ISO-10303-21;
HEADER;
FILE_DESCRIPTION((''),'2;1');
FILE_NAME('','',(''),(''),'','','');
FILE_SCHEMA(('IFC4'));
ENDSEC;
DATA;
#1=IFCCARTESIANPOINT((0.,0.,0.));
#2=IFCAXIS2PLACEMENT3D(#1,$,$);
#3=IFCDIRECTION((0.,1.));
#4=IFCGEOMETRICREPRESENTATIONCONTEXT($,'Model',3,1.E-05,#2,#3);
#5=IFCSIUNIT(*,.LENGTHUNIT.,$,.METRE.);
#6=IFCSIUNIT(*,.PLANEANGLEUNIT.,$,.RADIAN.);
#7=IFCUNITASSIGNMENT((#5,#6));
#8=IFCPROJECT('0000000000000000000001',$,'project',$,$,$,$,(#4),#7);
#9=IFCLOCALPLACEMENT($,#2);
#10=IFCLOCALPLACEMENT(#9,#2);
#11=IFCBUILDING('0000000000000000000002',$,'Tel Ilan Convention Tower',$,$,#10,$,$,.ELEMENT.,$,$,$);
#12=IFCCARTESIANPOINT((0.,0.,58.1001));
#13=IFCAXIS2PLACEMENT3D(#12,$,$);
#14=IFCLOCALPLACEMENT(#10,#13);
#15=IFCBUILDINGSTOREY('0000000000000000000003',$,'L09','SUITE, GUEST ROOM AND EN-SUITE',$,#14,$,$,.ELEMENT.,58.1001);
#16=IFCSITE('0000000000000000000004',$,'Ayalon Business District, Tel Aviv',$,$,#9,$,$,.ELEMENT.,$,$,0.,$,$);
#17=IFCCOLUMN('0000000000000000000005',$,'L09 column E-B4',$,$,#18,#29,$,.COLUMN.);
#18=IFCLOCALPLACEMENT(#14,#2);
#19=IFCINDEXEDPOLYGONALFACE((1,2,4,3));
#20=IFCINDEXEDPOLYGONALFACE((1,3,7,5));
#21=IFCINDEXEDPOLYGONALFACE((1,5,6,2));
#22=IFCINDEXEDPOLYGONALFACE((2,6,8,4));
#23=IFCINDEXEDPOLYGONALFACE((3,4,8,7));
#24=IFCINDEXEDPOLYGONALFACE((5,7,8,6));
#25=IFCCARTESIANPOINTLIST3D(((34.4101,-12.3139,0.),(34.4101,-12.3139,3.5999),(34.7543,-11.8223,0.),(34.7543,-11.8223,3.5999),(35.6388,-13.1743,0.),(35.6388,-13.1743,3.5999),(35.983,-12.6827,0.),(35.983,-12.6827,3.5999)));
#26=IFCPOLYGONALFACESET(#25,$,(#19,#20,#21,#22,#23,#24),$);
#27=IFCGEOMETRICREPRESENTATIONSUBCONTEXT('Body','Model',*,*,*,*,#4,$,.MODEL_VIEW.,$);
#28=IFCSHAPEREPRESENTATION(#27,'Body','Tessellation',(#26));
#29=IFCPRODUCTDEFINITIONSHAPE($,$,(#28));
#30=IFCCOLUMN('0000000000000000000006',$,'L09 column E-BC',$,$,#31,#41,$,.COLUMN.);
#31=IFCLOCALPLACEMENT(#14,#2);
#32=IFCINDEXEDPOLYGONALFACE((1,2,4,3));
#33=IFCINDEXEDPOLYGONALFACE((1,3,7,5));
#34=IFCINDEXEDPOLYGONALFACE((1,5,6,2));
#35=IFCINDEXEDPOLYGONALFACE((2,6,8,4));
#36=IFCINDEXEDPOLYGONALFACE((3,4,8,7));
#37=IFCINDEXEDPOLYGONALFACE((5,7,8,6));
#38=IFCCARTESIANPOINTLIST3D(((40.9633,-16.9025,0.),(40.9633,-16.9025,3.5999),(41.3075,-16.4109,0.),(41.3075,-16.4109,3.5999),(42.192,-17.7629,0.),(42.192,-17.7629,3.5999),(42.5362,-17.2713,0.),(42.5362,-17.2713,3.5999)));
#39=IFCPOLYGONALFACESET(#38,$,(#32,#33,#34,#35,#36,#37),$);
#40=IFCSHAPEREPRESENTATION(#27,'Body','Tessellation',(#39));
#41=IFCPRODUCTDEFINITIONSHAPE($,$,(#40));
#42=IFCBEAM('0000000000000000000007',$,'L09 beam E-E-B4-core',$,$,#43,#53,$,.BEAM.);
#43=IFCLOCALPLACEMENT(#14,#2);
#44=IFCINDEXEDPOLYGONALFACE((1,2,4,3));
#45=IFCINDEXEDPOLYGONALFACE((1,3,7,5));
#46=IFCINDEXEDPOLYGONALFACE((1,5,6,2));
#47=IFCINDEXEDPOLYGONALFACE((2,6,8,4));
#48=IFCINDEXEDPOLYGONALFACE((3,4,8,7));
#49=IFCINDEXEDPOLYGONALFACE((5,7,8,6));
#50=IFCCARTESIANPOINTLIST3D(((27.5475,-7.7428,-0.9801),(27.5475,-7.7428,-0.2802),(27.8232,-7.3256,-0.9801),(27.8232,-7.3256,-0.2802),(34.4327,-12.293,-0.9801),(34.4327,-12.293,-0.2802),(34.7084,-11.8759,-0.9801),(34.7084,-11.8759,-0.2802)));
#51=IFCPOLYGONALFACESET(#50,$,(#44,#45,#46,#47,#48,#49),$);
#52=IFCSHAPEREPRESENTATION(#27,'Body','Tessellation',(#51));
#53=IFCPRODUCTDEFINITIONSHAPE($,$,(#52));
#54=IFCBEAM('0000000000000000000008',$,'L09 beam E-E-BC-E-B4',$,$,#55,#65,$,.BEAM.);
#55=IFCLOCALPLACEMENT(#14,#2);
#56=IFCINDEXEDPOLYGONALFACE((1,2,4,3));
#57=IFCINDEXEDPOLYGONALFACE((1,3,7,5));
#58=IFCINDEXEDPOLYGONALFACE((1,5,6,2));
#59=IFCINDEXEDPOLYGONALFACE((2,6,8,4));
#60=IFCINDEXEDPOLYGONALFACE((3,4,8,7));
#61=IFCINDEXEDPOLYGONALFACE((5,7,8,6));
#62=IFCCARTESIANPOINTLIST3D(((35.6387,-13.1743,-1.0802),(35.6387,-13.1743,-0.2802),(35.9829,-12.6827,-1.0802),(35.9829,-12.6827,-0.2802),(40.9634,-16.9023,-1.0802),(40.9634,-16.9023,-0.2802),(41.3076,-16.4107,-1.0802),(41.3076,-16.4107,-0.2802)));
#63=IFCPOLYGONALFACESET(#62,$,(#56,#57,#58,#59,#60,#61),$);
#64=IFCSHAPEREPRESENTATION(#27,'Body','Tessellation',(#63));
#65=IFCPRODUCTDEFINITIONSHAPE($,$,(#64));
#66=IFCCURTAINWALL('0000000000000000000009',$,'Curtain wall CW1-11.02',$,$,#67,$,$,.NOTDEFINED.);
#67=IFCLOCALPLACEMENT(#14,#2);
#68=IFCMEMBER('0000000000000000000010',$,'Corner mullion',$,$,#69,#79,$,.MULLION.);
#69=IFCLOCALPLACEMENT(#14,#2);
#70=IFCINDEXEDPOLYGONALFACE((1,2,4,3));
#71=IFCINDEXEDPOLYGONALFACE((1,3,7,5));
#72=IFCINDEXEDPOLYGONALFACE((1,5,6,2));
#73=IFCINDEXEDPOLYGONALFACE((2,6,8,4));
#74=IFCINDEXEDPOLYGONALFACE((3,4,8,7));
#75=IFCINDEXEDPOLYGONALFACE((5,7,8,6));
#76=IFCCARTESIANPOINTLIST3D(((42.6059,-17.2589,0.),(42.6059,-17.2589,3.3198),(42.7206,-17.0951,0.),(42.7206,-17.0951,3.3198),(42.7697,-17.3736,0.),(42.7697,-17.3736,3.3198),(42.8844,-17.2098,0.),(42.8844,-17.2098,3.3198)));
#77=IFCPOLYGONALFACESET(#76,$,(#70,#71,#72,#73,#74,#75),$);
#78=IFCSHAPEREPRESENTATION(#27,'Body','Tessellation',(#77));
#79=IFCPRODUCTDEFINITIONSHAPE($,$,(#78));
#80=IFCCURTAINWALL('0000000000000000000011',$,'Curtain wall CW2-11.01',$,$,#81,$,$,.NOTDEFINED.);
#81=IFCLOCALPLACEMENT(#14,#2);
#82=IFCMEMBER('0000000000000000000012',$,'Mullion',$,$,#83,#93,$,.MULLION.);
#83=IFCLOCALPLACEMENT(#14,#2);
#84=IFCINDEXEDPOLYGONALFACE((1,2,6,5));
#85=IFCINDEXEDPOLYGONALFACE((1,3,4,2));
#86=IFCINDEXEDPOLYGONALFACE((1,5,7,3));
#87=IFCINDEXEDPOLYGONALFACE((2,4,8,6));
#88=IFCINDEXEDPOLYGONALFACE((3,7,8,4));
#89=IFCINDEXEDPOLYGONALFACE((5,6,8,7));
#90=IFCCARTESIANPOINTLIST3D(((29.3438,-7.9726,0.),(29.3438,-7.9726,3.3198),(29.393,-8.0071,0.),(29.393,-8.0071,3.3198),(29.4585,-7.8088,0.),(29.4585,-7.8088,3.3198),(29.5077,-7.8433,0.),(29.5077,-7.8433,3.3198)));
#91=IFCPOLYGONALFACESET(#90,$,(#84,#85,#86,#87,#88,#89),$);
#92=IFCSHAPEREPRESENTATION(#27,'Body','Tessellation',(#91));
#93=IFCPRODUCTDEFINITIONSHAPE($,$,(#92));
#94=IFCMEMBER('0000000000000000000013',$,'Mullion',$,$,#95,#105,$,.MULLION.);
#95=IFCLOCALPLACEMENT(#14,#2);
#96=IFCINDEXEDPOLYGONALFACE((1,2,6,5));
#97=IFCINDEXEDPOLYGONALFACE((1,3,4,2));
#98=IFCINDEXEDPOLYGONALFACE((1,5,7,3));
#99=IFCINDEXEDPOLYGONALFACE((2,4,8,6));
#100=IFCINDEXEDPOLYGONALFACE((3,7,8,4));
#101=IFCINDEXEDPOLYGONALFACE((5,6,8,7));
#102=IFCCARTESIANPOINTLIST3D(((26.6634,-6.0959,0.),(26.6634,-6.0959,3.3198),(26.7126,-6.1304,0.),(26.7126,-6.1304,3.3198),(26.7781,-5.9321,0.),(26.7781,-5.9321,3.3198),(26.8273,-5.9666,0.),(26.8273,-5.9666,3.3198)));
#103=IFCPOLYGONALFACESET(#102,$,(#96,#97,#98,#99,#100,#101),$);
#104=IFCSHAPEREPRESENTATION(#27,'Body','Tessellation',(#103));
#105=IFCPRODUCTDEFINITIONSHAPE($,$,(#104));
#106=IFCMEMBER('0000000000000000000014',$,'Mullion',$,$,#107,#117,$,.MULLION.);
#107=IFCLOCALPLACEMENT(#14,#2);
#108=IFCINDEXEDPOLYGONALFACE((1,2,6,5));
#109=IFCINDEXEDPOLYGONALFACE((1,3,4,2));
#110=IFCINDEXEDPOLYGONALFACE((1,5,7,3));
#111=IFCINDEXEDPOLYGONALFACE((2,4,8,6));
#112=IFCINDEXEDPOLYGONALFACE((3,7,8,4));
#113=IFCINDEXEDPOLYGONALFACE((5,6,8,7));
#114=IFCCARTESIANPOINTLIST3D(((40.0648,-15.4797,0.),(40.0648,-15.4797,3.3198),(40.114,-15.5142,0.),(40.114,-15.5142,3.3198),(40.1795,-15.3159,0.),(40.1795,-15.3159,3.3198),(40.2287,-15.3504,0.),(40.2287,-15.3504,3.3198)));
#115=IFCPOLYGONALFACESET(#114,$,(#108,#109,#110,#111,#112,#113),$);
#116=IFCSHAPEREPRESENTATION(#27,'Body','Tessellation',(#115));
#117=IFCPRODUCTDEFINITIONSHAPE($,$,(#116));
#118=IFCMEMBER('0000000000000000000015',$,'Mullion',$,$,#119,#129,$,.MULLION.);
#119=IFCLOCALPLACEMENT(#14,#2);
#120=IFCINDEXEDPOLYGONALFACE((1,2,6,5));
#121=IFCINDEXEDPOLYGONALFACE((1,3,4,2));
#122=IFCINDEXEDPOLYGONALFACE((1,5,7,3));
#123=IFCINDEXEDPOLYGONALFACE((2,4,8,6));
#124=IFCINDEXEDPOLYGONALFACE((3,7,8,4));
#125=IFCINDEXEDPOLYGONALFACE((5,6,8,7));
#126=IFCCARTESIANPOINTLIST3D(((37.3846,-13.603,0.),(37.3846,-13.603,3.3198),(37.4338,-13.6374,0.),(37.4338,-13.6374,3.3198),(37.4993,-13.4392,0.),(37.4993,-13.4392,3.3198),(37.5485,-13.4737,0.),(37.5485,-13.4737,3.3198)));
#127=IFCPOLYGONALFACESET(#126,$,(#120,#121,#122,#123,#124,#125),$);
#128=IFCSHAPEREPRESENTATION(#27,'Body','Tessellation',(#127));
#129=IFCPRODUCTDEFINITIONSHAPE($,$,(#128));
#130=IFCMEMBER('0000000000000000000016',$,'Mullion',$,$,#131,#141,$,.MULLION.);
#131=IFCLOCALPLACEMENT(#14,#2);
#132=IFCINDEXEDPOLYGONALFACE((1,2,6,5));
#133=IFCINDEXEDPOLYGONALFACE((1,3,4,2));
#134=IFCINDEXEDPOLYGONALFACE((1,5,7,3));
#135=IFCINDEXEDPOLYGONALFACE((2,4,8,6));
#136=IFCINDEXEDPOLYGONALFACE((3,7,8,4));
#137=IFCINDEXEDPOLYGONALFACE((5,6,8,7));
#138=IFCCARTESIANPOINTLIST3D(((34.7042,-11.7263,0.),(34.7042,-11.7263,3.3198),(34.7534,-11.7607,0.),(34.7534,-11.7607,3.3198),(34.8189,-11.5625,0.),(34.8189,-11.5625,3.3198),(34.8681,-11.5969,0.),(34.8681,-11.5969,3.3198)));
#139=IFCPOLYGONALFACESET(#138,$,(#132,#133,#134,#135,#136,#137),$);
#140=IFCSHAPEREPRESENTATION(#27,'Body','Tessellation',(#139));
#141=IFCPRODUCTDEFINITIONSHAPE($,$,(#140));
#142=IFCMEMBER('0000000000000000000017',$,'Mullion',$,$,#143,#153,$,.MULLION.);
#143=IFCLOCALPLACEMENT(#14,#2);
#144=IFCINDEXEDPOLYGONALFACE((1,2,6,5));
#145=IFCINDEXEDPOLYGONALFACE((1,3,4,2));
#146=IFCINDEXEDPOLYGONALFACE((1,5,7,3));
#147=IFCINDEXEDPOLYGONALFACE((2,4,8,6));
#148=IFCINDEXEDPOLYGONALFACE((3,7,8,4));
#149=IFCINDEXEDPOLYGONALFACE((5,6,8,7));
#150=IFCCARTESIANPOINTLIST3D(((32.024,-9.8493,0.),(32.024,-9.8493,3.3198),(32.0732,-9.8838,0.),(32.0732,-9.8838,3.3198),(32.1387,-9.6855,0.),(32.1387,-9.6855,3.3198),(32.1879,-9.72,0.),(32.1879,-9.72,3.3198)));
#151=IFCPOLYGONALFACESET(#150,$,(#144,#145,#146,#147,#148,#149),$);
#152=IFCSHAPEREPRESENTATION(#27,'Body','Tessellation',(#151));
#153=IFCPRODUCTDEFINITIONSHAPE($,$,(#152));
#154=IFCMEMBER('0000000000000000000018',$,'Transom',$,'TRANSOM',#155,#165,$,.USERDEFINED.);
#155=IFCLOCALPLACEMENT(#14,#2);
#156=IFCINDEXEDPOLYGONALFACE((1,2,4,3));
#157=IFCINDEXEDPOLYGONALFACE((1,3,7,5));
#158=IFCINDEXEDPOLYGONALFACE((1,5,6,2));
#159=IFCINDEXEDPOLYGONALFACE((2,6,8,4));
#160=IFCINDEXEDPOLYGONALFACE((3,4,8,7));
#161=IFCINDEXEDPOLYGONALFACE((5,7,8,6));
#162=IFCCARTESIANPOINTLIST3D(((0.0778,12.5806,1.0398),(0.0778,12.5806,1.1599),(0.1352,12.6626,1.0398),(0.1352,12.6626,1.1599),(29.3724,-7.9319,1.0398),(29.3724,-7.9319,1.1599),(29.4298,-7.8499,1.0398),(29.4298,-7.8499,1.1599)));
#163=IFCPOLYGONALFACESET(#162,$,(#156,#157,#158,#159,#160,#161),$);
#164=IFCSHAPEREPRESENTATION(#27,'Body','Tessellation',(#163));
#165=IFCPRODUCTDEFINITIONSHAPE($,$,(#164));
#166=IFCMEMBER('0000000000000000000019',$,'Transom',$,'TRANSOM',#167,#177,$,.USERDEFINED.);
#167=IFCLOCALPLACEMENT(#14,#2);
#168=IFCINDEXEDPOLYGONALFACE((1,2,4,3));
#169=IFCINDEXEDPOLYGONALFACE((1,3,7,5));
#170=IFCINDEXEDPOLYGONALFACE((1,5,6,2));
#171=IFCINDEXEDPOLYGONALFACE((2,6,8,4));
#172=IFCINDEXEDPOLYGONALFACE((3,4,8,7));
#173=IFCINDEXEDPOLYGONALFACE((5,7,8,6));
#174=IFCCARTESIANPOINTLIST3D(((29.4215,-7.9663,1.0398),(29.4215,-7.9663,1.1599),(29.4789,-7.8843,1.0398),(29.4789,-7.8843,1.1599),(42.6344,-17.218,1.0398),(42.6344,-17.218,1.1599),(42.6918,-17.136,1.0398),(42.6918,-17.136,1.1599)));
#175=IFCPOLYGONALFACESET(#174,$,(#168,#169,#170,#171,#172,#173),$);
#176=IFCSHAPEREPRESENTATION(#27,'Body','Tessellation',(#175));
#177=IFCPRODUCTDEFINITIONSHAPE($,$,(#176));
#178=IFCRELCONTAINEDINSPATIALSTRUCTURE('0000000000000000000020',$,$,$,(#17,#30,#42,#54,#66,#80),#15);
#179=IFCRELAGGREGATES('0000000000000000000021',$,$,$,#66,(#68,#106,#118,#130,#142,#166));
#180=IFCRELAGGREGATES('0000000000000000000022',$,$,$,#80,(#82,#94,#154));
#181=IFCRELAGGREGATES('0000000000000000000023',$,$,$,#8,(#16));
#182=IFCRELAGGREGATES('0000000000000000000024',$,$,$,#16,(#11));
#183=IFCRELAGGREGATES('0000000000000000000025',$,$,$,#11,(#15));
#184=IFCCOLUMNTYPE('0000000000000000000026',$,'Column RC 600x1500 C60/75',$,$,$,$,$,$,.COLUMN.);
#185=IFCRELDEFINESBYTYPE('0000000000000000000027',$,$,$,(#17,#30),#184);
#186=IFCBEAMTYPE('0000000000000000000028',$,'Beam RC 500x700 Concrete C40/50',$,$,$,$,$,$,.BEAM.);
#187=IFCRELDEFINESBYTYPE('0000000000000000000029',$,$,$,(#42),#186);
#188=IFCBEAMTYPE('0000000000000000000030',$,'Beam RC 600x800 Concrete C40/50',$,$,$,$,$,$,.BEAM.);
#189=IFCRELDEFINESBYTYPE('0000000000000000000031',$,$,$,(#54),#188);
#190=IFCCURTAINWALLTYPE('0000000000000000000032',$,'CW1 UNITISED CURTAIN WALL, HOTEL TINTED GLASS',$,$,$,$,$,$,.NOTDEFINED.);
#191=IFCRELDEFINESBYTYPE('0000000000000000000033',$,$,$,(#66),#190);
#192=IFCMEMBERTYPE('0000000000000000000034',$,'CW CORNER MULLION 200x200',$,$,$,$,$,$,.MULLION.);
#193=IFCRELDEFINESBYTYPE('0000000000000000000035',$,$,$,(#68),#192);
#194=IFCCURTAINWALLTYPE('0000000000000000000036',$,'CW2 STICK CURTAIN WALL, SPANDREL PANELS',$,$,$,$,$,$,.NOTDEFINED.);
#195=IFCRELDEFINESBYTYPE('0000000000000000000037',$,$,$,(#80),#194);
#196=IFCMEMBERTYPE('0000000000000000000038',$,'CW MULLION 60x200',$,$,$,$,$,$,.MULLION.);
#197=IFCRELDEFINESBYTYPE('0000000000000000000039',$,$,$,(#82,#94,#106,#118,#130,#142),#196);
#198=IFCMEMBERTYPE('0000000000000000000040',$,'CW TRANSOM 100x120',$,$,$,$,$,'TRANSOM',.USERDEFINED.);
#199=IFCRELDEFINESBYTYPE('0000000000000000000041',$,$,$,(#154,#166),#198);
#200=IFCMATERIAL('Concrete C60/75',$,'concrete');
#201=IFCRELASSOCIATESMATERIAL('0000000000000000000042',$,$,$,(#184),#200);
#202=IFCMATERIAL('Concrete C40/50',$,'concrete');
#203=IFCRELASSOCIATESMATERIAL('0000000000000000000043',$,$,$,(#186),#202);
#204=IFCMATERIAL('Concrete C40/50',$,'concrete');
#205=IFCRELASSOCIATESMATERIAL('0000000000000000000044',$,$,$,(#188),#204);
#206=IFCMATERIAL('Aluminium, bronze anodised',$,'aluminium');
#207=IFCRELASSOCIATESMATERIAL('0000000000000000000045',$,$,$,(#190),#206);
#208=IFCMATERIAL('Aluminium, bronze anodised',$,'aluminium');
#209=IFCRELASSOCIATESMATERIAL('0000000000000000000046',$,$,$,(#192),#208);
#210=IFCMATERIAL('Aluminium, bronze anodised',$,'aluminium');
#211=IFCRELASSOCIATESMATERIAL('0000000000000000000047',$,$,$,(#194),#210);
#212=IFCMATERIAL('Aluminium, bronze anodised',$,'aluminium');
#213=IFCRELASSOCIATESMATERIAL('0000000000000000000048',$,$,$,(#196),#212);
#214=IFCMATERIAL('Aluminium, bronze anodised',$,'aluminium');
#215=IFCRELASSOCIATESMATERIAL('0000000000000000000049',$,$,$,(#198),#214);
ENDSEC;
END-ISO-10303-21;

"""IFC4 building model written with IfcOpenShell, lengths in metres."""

from ifc_helpers import new_model, si_unit, direction, frame, origin, origin_2d, place, context, subcontext, project, spatial, rectangle, extrude, material, material_profile, profile_set, type_object, element, aggregate, save


model = new_model("IFC4")

# Units and contexts
model_context = context("Model", 3, precision=1e-05, world=origin(), true_north=direction((0.0, 1.0)))
body_context = subcontext(model_context, "Body", "Model", "MODEL_VIEW")
ifc_project = project(units=[si_unit("LENGTHUNIT", "METRE"), si_unit("PLANEANGLEUNIT", "RADIAN")], contexts=[model_context])

# Site, building, storey
site_placement = place(None, origin())
site = spatial("IfcSite", under=ifc_project, at=site_placement, Name="Ayalon Business District, Tel Aviv", CompositionType="ELEMENT", RefElevation=0.0)
building_placement = place(site_placement, origin())
building = spatial("IfcBuilding", under=site, at=building_placement, Name="Tel Ilan Convention Tower", CompositionType="ELEMENT")
storey_placement = place(building_placement, frame((0.0, 0.0, 58.1001)))
storey = spatial("IfcBuildingStorey", under=building, at=storey_placement, Name="L09", Description="SUITE, GUEST ROOM AND EN-SUITE", CompositionType="ELEMENT", Elevation=58.1001)

# Columns
ifc_material_1 = material(Name="Concrete C60/75", Category="concrete")
ifc_material_profile_1 = material_profile(ifc_material_1, rectangle(XDim=1.5, YDim=0.6001, at=origin_2d()), Name="RC 600x1500")
ifc_profile_set_1 = profile_set([ifc_material_profile_1], Name="Concrete C60/75")
column_type = type_object("IfcColumnType", Name="Column RC 600x1500 C60/75", PredefinedType="COLUMN", material=ifc_profile_set_1)
for number, where, z_axis, x_axis, name in (
    (1, (35.1965, -12.4983, 0.0), (0.0, 0.0, 1.0), (0.819152, -0.573576, 0.0), "L09 column E-B4"),
    (2, (41.7498, -17.0869, 0.0), (0.0, 0.0, 1.0), (0.819152, -0.573576, 0.0), "L09 column E-BC"),
):
    element("IfcColumn", number, at=place(storey_placement, frame(where, z_axis=z_axis, x_axis=x_axis)), inside=storey, type_object=column_type, Name=name, PredefinedType="COLUMN", context=body_context, shape_type="SweptSolid", body=[
        extrude(rectangle(XDim=1.5, YDim=0.6001, at=origin_2d()), origin(), (0.0, 0.0, 1.0), 3.5999),
    ])

# Beams
ifc_material_2 = material(Name="Concrete C40/50", Category="concrete")
ifc_material_profile_2 = material_profile(ifc_material_2, rectangle(XDim=0.5, YDim=0.7, at=origin_2d()), Name="RC 500x700")
ifc_profile_set_2 = profile_set([ifc_material_profile_2], Name="Concrete C40/50")
beam_type_1 = type_object("IfcBeamType", Name="Beam RC 500x700 Concrete C40/50", PredefinedType="BEAM", material=ifc_profile_set_2)
beam_1_placement = place(storey_placement, frame((34.5706, -12.0845, -0.6301), z_axis=(-0.834274, 0.551351, 0.0), x_axis=(-0.551351, -0.834274, 0.0)))
element("IfcBeam", 3, at=beam_1_placement, inside=storey, type_object=beam_type_1, Name="L09 beam E-E-B4-core", PredefinedType="BEAM", context=body_context, shape_type="SweptSolid", body=[
    extrude(rectangle(XDim=0.5, YDim=0.7, at=origin_2d()), origin(), (0.0, 0.0, 1.0), 8.2529),
])
ifc_material_3 = material(Name="Concrete C40/50", Category="concrete")
ifc_material_profile_3 = material_profile(ifc_material_3, rectangle(XDim=0.6001, YDim=0.8, at=origin_2d()), Name="RC 600x800")
ifc_profile_set_3 = profile_set([ifc_material_profile_3], Name="Concrete C40/50")
beam_type_2 = type_object("IfcBeamType", Name="Beam RC 600x800 Concrete C40/50", PredefinedType="BEAM", material=ifc_profile_set_3)
beam_2_placement = place(storey_placement, frame((41.1355, -16.6565, -0.6802), z_axis=(-0.819179, 0.573538, 0.0), x_axis=(-0.573538, -0.819179, 0.0)))
element("IfcBeam", 4, at=beam_2_placement, inside=storey, type_object=beam_type_2, Name="L09 beam E-E-BC-E-B4", PredefinedType="BEAM", context=body_context, shape_type="SweptSolid", body=[
    extrude(rectangle(XDim=0.6001, YDim=0.8, at=origin_2d()), origin(), (0.0, 0.0, 1.0), 6.5),
])

# Curtain wall, member
ifc_material_4 = material(Name="Aluminium, bronze anodised", Category="aluminium")
curtain_wall_type_1 = type_object("IfcCurtainWallType", Name="CW1 UNITISED CURTAIN WALL, HOTEL TINTED GLASS", PredefinedType="NOTDEFINED", material=ifc_material_4)
curtain_wall_1_placement = place(storey_placement, origin())
curtain_wall_1 = element("IfcCurtainWall", 5, at=curtain_wall_1_placement, inside=storey, type_object=curtain_wall_type_1, Name="Curtain wall CW1-11.02", PredefinedType="NOTDEFINED")
ifc_material_5 = material(Name="Aluminium, bronze anodised", Category="aluminium")
ifc_material_profile_4 = material_profile(ifc_material_5, rectangle(XDim=0.2, YDim=0.2, at=origin_2d()), Name="CW CORNER MULLION 200x200")
ifc_profile_set_4 = profile_set([ifc_material_profile_4], Name="Aluminium, bronze anodised")
member_type_1 = type_object("IfcMemberType", Name="CW CORNER MULLION 200x200", PredefinedType="MULLION", material=ifc_profile_set_4)
member_1_placement = place(storey_placement, frame((42.7451, -17.2344, 0.0), z_axis=(0.0, 0.0, 1.0), x_axis=(0.573576, 0.819152, 0.0)))
member_1 = element("IfcMember", 6, at=member_1_placement, type_object=member_type_1, Name="Corner mullion", PredefinedType="MULLION", context=body_context, shape_type="SweptSolid", body=[
    extrude(rectangle(XDim=0.2, YDim=0.2, at=origin_2d()), origin(), (0.0, 0.0, 1.0), 3.3198),
])

# Curtain wall, members
ifc_material_6 = material(Name="Aluminium, bronze anodised", Category="aluminium")
curtain_wall_type_2 = type_object("IfcCurtainWallType", Name="CW2 STICK CURTAIN WALL, SPANDREL PANELS", PredefinedType="NOTDEFINED", material=ifc_material_6)
curtain_wall_2_placement = place(storey_placement, origin())
curtain_wall_2 = element("IfcCurtainWall", 7, at=curtain_wall_2_placement, inside=storey, type_object=curtain_wall_type_2, Name="Curtain wall CW2-11.01", PredefinedType="NOTDEFINED")
ifc_material_7 = material(Name="Aluminium, bronze anodised", Category="aluminium")
ifc_material_profile_5 = material_profile(ifc_material_7, rectangle(XDim=0.0601, YDim=0.2, at=origin_2d()), Name="CW MULLION 60x200")
ifc_profile_set_5 = profile_set([ifc_material_profile_5], Name="Aluminium, bronze anodised")
member_type_2 = type_object("IfcMemberType", Name="CW MULLION 60x200", PredefinedType="MULLION", material=ifc_profile_set_5)
member_2_placement = place(storey_placement, frame((29.4258, -7.908, 0.0), z_axis=(0.0, 0.0, 1.0), x_axis=(-0.819152, 0.573576, 0.0)))
member_2 = element("IfcMember", 8, at=member_2_placement, type_object=member_type_2, Name="Mullion", PredefinedType="MULLION", context=body_context, shape_type="SweptSolid", body=[
    extrude(rectangle(XDim=0.0601, YDim=0.2, at=origin_2d()), origin(), (0.0, 0.0, 1.0), 3.3198),
])
member_3_placement = place(storey_placement, frame((26.7454, -6.0312, 0.0), z_axis=(0.0, 0.0, 1.0), x_axis=(-0.819152, 0.573576, 0.0)))
member_3 = element("IfcMember", 9, at=member_3_placement, type_object=member_type_2, Name="Mullion", PredefinedType="MULLION", context=body_context, shape_type="SweptSolid", body=[
    extrude(rectangle(XDim=0.0601, YDim=0.2, at=origin_2d()), origin(), (0.0, 0.0, 1.0), 3.3198),
])

# Members
member_4_placement = place(storey_placement, frame((40.1467, -15.415, 0.0), z_axis=(0.0, 0.0, 1.0), x_axis=(-0.819152, 0.573576, 0.0)))
member_4 = element("IfcMember", 10, at=member_4_placement, type_object=member_type_2, Name="Mullion", PredefinedType="MULLION", context=body_context, shape_type="SweptSolid", body=[
    extrude(rectangle(XDim=0.0601, YDim=0.2, at=origin_2d()), origin(), (0.0, 0.0, 1.0), 3.3198),
])
member_5_placement = place(storey_placement, frame((37.4666, -13.5383, 0.0), z_axis=(0.0, 0.0, 1.0), x_axis=(-0.819152, 0.573576, 0.0)))
member_5 = element("IfcMember", 11, at=member_5_placement, type_object=member_type_2, Name="Mullion", PredefinedType="MULLION", context=body_context, shape_type="SweptSolid", body=[
    extrude(rectangle(XDim=0.0601, YDim=0.2, at=origin_2d()), origin(), (0.0, 0.0, 1.0), 3.3198),
])
member_6_placement = place(storey_placement, frame((34.7861, -11.6616, 0.0), z_axis=(0.0, 0.0, 1.0), x_axis=(-0.819152, 0.573576, 0.0)))
member_6 = element("IfcMember", 12, at=member_6_placement, type_object=member_type_2, Name="Mullion", PredefinedType="MULLION", context=body_context, shape_type="SweptSolid", body=[
    extrude(rectangle(XDim=0.0601, YDim=0.2, at=origin_2d()), origin(), (0.0, 0.0, 1.0), 3.3198),
])
member_7_placement = place(storey_placement, frame((32.106, -9.7847, 0.0), z_axis=(0.0, 0.0, 1.0), x_axis=(-0.819152, 0.573576, 0.0)))
member_7 = element("IfcMember", 13, at=member_7_placement, type_object=member_type_2, Name="Mullion", PredefinedType="MULLION", context=body_context, shape_type="SweptSolid", body=[
    extrude(rectangle(XDim=0.0601, YDim=0.2, at=origin_2d()), origin(), (0.0, 0.0, 1.0), 3.3198),
])
ifc_material_8 = material(Name="Aluminium, bronze anodised", Category="aluminium")
ifc_material_profile_6 = material_profile(ifc_material_8, rectangle(XDim=0.1001, YDim=0.1201, at=origin_2d()), Name="CW TRANSOM 100x120")
ifc_profile_set_6 = profile_set([ifc_material_profile_6], Name="Aluminium, bronze anodised")
member_type_3 = type_object("IfcMemberType", Name="CW TRANSOM 100x120", ElementType="TRANSOM", PredefinedType="USERDEFINED", material=ifc_profile_set_6)
member_8_placement = place(storey_placement, frame((29.4011, -7.8909, 1.0999), z_axis=(-0.819151, 0.573578, 0.0), x_axis=(-0.573578, -0.819151, 0.0)))
member_8 = element("IfcMember", 14, at=member_8_placement, type_object=member_type_3, Name="Transom", ObjectType="TRANSOM", PredefinedType="USERDEFINED", context=body_context, shape_type="SweptSolid", body=[
    extrude(rectangle(XDim=0.1001, YDim=0.1201, at=origin_2d()), origin(), (0.0, 0.0, 1.0), 35.7622),
])
member_9_placement = place(storey_placement, frame((42.6631, -17.177, 1.0999), z_axis=(-0.819154, 0.573574, 0.0), x_axis=(-0.573574, -0.819154, 0.0)))
member_9 = element("IfcMember", 15, at=member_9_placement, type_object=member_type_3, Name="Transom", ObjectType="TRANSOM", PredefinedType="USERDEFINED", context=body_context, shape_type="SweptSolid", body=[
    extrude(rectangle(XDim=0.1001, YDim=0.1201, at=origin_2d()), origin(), (0.0, 0.0, 1.0), 16.1299),
])

aggregate(curtain_wall_1, [member_1, member_4, member_5, member_6, member_7, member_9])
aggregate(curtain_wall_2, [member_2, member_3, member_8])

save(model, "model.ifc")
